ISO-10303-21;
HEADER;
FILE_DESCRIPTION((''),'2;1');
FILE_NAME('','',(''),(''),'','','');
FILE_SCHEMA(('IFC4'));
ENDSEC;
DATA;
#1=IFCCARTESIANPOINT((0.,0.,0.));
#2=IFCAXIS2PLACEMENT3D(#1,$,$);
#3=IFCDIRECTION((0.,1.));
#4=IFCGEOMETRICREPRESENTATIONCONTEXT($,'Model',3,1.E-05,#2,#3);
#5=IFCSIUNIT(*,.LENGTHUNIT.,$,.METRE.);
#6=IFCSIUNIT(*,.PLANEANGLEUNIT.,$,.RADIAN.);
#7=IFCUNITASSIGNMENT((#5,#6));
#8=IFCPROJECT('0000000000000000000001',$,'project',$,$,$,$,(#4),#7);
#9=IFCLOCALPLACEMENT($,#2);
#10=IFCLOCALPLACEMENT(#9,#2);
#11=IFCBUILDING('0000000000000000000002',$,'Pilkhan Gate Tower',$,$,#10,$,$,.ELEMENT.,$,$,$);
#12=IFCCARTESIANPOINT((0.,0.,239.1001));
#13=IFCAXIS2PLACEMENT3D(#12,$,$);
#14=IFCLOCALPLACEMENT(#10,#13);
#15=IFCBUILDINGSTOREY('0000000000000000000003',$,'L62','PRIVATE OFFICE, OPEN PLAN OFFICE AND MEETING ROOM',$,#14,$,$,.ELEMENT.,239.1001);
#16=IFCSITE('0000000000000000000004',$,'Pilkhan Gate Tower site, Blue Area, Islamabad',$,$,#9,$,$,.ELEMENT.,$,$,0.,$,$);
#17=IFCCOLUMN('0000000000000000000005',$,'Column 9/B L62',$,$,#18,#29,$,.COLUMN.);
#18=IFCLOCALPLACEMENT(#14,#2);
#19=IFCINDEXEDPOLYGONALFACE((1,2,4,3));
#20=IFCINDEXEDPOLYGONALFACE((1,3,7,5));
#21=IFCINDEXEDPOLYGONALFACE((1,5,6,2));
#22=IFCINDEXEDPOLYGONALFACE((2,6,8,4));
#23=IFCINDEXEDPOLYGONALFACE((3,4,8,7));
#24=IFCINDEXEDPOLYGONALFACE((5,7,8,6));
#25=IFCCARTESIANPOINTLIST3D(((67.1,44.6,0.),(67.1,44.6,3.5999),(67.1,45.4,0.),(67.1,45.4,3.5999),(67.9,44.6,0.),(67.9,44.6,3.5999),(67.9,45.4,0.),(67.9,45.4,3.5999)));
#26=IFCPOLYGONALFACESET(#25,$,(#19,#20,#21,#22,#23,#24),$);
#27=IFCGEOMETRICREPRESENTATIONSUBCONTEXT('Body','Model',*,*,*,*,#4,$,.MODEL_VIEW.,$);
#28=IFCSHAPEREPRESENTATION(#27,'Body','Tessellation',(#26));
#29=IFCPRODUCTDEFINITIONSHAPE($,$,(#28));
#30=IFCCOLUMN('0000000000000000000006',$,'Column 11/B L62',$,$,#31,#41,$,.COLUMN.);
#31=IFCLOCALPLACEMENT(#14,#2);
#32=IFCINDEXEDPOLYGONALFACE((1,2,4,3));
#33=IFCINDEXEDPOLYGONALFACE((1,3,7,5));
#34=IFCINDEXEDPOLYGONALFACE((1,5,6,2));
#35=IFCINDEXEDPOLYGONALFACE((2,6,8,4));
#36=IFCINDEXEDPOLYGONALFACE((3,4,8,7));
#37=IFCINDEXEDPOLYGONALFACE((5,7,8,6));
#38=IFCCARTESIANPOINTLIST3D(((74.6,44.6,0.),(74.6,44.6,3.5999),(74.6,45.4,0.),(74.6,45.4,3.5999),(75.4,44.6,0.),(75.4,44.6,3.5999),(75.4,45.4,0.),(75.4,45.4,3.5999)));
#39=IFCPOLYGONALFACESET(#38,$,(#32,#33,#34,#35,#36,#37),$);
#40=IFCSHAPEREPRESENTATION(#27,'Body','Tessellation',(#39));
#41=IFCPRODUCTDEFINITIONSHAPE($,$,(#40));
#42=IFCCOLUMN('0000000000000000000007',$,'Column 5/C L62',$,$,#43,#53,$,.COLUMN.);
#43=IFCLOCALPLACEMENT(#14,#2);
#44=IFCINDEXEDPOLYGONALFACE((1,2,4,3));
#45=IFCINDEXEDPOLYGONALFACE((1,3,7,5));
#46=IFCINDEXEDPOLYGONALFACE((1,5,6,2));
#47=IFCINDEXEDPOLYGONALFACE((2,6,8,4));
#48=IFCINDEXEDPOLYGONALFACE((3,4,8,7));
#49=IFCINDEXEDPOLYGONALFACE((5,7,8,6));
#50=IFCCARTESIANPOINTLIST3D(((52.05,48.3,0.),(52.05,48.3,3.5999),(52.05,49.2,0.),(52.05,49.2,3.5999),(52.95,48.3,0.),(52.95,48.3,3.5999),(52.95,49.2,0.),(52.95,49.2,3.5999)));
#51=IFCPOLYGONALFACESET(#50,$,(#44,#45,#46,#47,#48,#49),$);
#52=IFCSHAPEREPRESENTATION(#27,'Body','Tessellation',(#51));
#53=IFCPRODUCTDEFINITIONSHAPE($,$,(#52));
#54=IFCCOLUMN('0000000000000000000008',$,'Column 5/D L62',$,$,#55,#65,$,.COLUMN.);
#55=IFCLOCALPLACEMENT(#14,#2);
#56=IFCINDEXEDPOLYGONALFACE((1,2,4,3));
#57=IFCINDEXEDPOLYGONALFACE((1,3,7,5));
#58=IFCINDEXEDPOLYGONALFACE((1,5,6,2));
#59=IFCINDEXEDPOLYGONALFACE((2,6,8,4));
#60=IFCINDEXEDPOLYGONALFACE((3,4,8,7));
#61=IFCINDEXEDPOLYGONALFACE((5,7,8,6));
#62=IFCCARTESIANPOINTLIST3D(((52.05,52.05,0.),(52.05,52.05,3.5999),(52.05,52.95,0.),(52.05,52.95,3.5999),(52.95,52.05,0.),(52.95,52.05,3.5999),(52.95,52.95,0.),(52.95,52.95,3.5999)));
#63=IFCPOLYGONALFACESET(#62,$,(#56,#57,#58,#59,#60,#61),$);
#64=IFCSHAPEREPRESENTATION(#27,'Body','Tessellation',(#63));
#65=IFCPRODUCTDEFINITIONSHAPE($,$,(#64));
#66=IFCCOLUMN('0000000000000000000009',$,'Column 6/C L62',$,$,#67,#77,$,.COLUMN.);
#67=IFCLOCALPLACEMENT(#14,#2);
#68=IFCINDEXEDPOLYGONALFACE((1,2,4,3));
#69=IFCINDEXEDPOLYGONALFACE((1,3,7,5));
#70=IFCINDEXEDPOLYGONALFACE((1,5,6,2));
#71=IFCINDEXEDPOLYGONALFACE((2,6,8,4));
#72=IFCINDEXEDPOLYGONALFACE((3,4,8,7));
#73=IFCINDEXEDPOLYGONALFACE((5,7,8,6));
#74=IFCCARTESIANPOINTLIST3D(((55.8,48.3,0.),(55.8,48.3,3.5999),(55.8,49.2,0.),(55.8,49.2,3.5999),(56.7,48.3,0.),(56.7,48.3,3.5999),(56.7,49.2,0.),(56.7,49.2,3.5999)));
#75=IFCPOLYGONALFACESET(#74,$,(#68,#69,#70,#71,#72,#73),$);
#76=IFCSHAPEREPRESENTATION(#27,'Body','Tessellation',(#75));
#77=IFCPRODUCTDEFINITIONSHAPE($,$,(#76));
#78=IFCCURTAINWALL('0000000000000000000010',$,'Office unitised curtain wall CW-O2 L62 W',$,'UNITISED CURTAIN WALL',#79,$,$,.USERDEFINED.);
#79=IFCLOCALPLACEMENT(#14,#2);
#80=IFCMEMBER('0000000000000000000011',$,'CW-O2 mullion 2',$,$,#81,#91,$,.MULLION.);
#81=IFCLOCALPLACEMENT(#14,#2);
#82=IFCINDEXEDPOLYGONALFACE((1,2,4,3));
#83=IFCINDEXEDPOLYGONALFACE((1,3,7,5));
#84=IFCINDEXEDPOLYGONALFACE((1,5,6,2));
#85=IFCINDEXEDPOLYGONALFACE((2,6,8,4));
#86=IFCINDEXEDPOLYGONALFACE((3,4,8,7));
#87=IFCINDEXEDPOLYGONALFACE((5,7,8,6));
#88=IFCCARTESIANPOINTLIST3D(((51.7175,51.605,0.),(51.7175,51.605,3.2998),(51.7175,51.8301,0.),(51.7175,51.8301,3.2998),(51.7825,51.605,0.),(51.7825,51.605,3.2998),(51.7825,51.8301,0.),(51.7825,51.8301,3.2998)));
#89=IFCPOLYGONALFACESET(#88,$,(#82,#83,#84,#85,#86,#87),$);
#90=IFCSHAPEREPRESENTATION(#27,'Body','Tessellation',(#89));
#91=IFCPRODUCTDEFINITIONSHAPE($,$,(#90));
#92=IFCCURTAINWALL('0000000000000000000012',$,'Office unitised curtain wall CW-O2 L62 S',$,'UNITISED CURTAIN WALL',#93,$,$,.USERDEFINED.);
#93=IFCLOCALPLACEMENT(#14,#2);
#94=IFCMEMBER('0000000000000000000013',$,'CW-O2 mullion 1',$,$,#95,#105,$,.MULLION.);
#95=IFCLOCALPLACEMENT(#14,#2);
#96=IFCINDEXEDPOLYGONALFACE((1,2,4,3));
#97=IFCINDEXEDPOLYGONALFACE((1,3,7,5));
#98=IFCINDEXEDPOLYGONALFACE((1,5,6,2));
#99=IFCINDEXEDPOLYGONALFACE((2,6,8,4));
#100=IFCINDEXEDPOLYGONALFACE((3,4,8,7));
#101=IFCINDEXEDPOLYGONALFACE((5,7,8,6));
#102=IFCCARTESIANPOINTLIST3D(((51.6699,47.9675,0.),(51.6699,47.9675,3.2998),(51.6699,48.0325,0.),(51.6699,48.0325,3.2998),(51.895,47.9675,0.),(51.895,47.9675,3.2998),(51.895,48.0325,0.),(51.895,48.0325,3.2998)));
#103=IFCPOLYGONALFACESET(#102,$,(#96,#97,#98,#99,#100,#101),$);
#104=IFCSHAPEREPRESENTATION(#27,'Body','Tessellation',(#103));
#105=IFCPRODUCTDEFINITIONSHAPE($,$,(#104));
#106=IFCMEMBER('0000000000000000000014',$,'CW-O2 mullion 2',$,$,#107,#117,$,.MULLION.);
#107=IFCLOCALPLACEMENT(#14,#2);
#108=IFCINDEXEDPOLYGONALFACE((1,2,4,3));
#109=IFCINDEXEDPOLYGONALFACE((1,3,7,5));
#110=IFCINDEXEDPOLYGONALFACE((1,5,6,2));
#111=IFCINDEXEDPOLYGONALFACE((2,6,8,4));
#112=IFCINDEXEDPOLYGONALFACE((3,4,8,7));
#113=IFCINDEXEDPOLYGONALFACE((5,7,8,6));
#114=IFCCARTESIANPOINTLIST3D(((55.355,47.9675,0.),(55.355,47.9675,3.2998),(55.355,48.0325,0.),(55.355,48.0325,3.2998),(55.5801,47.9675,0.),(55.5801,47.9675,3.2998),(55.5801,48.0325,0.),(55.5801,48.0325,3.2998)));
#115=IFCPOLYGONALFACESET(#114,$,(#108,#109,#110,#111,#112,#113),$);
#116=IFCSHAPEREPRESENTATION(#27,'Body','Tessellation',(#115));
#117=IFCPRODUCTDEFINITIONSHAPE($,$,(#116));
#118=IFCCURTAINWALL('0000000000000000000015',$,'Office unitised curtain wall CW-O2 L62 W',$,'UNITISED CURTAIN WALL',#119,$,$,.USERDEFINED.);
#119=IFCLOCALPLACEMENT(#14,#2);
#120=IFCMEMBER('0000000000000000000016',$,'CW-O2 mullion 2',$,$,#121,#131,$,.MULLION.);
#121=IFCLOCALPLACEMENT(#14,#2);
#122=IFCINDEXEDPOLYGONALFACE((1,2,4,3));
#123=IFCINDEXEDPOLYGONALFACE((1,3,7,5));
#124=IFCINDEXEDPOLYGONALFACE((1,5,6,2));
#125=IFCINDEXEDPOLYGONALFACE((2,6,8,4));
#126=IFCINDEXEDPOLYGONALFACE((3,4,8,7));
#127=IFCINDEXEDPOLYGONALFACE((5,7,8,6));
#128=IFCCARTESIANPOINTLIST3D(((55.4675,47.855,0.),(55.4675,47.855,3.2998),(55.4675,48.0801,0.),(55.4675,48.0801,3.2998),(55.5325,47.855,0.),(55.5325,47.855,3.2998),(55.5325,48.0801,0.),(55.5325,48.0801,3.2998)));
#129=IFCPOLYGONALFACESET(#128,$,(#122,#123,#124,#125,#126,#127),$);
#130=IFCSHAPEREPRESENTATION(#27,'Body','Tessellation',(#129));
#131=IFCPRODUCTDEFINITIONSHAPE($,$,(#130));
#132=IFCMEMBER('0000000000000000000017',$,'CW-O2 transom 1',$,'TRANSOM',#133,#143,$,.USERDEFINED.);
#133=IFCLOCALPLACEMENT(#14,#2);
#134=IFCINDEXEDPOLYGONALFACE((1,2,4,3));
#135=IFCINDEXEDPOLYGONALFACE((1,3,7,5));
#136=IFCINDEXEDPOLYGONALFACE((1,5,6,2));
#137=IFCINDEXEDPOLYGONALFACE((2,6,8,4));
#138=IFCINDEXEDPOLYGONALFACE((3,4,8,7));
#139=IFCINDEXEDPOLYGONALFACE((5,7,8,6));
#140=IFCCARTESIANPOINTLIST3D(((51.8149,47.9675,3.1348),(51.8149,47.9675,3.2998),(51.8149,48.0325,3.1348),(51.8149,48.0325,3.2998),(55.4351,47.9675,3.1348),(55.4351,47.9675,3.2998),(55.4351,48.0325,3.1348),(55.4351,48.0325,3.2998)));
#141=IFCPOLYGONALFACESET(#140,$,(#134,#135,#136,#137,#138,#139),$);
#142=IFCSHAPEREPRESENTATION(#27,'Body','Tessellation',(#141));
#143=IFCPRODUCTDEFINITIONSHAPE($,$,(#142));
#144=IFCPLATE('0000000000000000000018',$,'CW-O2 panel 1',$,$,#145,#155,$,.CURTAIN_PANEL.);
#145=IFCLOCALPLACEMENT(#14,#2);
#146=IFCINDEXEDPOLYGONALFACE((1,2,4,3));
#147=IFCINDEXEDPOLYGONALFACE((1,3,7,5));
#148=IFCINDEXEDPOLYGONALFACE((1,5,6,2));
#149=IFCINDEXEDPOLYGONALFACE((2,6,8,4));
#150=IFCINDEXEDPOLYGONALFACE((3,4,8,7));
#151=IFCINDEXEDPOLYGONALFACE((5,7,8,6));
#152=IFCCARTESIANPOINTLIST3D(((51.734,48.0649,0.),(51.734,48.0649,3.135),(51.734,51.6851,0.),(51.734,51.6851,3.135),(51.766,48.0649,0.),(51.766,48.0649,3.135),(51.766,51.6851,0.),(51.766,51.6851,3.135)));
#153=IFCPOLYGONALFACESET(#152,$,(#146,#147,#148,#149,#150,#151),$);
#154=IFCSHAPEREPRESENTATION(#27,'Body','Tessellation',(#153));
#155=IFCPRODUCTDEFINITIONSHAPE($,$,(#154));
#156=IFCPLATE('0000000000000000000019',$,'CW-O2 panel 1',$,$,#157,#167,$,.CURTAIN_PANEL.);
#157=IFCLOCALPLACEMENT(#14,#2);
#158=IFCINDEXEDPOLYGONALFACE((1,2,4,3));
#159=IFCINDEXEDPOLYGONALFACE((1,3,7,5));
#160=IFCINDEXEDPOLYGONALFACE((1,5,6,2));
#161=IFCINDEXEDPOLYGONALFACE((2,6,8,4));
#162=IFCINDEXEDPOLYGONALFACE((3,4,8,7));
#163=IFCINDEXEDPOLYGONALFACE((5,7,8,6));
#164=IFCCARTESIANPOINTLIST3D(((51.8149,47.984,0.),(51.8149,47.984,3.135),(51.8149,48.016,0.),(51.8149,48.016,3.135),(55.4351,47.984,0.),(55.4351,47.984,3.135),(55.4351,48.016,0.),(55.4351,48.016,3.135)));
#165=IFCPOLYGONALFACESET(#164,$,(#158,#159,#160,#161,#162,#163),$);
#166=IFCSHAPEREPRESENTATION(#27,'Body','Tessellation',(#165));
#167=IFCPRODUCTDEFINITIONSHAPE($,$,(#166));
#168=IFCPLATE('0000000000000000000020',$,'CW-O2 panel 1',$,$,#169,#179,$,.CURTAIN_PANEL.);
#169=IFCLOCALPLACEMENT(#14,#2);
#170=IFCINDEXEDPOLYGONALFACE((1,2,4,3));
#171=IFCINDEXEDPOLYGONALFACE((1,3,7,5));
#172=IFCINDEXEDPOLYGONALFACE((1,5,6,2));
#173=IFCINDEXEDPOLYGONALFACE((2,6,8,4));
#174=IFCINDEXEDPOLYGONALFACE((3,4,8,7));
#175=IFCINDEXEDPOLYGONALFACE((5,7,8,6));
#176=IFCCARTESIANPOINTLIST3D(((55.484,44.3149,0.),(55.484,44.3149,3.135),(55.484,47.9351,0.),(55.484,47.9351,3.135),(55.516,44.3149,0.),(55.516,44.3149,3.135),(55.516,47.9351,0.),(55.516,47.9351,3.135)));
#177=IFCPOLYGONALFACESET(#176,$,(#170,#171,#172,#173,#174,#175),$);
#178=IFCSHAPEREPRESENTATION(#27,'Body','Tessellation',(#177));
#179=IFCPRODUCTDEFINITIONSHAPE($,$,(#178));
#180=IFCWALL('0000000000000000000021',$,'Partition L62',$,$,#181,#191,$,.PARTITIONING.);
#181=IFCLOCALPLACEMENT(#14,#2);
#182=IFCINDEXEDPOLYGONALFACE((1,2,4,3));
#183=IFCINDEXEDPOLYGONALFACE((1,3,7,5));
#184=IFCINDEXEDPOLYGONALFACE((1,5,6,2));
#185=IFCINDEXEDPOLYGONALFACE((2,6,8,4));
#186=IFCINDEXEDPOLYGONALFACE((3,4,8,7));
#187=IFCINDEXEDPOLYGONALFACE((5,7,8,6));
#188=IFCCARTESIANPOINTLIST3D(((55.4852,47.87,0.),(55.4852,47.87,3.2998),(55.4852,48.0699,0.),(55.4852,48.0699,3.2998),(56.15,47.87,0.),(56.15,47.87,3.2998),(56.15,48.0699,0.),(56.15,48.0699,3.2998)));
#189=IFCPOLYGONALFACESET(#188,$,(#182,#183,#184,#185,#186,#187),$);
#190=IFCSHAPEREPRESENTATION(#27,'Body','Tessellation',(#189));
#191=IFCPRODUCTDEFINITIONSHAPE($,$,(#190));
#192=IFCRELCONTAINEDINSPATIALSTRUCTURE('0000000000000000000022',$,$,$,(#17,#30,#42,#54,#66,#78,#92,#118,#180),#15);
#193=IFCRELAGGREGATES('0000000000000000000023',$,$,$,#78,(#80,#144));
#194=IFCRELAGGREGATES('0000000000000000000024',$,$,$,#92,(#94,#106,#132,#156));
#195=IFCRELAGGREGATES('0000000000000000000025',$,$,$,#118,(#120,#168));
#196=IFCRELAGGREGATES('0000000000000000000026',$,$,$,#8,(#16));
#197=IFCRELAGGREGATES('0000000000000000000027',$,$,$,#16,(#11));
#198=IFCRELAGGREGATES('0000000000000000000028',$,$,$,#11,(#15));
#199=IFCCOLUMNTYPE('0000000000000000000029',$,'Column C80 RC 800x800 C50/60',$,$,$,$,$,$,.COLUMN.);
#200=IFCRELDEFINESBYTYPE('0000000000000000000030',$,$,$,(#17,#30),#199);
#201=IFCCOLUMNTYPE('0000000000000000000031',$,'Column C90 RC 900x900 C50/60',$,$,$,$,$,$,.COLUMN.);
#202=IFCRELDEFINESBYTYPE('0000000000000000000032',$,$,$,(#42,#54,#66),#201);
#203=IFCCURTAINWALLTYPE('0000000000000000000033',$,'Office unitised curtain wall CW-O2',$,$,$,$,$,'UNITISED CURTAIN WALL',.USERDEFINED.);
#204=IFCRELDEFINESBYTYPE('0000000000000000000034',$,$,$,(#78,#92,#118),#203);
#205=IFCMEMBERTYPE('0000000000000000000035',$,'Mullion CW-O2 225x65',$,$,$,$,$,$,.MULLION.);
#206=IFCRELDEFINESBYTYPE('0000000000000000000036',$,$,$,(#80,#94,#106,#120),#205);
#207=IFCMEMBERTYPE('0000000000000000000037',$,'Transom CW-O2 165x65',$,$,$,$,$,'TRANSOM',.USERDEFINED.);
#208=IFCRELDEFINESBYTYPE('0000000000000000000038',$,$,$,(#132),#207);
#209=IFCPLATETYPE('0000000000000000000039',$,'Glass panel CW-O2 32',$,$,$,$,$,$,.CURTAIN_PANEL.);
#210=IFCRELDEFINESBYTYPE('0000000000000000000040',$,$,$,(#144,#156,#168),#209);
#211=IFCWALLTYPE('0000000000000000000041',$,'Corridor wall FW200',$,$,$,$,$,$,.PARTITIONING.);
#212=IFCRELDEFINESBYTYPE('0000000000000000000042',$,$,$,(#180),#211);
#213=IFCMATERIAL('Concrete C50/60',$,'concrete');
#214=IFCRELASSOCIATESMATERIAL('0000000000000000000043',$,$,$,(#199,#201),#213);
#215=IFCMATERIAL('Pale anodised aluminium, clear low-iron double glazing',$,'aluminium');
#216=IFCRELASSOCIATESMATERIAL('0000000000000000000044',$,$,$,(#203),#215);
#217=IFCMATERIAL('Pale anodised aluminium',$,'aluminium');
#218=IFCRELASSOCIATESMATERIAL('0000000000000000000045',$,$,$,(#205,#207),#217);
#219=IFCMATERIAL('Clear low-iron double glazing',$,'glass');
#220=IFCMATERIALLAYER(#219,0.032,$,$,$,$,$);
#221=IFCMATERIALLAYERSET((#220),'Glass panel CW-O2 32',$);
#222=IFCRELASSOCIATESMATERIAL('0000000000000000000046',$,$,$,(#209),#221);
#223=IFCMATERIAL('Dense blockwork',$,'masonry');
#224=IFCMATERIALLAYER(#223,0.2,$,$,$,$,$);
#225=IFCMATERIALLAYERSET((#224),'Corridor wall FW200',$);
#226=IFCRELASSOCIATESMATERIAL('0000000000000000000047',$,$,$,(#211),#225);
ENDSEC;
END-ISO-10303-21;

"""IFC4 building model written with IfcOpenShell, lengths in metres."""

from ifc_helpers import new_model, si_unit, direction, frame, frame_2d, origin, origin_2d, place, context, subcontext, project, spatial, rectangle, extrude, material, layer, layer_set, material_profile, profile_set, type_object, element, aggregate, save


model = new_model("IFC4")

# Units and contexts
model_context = context("Model", 3, precision=1e-05, world=origin(), true_north=direction((0.0, 1.0)))
body_context = subcontext(model_context, "Body", "Model", "MODEL_VIEW")
ifc_project = project(units=[si_unit("LENGTHUNIT", "METRE"), si_unit("PLANEANGLEUNIT", "RADIAN")], contexts=[model_context])

# Site, building, storey
site_placement = place(None, origin())
site = spatial("IfcSite", under=ifc_project, at=site_placement, Name="Pilkhan Gate Tower site, Blue Area, Islamabad", CompositionType="ELEMENT", RefElevation=0.0)
building_placement = place(site_placement, origin())
building = spatial("IfcBuilding", under=site, at=building_placement, Name="Pilkhan Gate Tower", CompositionType="ELEMENT")
storey_placement = place(building_placement, frame((0.0, 0.0, 239.1001)))
storey = spatial("IfcBuildingStorey", under=building, at=storey_placement, Name="L62", Description="PRIVATE OFFICE, OPEN PLAN OFFICE AND MEETING ROOM", CompositionType="ELEMENT", Elevation=239.1001)

# Columns
ifc_material_1 = material(Name="Concrete C50/60", Category="concrete")
ifc_material_profile_1 = material_profile(ifc_material_1, rectangle(XDim=0.8, YDim=0.8, at=origin_2d()), Name="RC 800x800")
ifc_profile_set_1 = profile_set([ifc_material_profile_1], Name="Concrete C50/60")
column_type_1 = type_object("IfcColumnType", Name="Column C80 RC 800x800 C50/60", PredefinedType="COLUMN", material=ifc_profile_set_1)
for number, where, z_axis, x_axis, name in (
    (1, (67.5, 45.0, 0.0), (0.0, 0.0, 1.0), (1.0, 0.0, 0.0), "Column 9/B L62"),
    (2, (75.0, 45.0, 0.0), (0.0, 0.0, 1.0), (1.0, 0.0, 0.0), "Column 11/B L62"),
):
    element("IfcColumn", number, at=place(storey_placement, frame(where, z_axis=z_axis, x_axis=x_axis)), inside=storey, type_object=column_type_1, Name=name, PredefinedType="COLUMN", context=body_context, shape_type="SweptSolid", body=[
        extrude(rectangle(XDim=0.8, YDim=0.8, at=origin_2d()), origin(), (0.0, 0.0, 1.0), 3.5999),
    ])
ifc_material_profile_2 = material_profile(ifc_material_1, rectangle(XDim=0.8999, YDim=0.8999, at=origin_2d()), Name="RC 900x900")
ifc_profile_set_2 = profile_set([ifc_material_profile_2], Name="Concrete C50/60")
column_type_2 = type_object("IfcColumnType", Name="Column C90 RC 900x900 C50/60", PredefinedType="COLUMN", material=ifc_profile_set_2)
for number, where, z_axis, x_axis, name in (
    (3, (52.5, 48.75, 0.0), (0.0, 0.0, 1.0), (1.0, 0.0, 0.0), "Column 5/C L62"),
    (4, (52.5, 52.5, 0.0), (0.0, 0.0, 1.0), (1.0, 0.0, 0.0), "Column 5/D L62"),
    (5, (56.25, 48.75, 0.0), (0.0, 0.0, 1.0), (1.0, 0.0, 0.0), "Column 6/C L62"),
):
    element("IfcColumn", number, at=place(storey_placement, frame(where, z_axis=z_axis, x_axis=x_axis)), inside=storey, type_object=column_type_2, Name=name, PredefinedType="COLUMN", context=body_context, shape_type="SweptSolid", body=[
        extrude(rectangle(XDim=0.8999, YDim=0.8999, at=origin_2d()), origin(), (0.0, 0.0, 1.0), 3.5999),
    ])

# Curtain wall, member
ifc_material_2 = material(Name="Pale anodised aluminium, clear low-iron double glazing", Category="aluminium")
curtain_wall_type = type_object("IfcCurtainWallType", Name="Office unitised curtain wall CW-O2", ElementType="UNITISED CURTAIN WALL", PredefinedType="USERDEFINED", material=ifc_material_2)
curtain_wall_1_placement = place(storey_placement, origin())
curtain_wall_1 = element("IfcCurtainWall", 6, at=curtain_wall_1_placement, inside=storey, type_object=curtain_wall_type, Name="Office unitised curtain wall CW-O2 L62 W", ObjectType="UNITISED CURTAIN WALL", PredefinedType="USERDEFINED")
ifc_material_3 = material(Name="Pale anodised aluminium", Category="aluminium")
ifc_material_profile_3 = material_profile(ifc_material_3, rectangle(XDim=0.0649, YDim=0.2251, at=origin_2d()), Name="Mullion 225x65")
ifc_profile_set_3 = profile_set([ifc_material_profile_3], Name="Pale anodised aluminium")
member_type_1 = type_object("IfcMemberType", Name="Mullion CW-O2 225x65", PredefinedType="MULLION", material=ifc_profile_set_3)
member_1_placement = place(storey_placement, frame((51.75, 51.7175, 0.0), z_axis=(0.0, 0.0, 1.0), x_axis=(-1.0, 0.0, 0.0)))
member_1 = element("IfcMember", 7, at=member_1_placement, type_object=member_type_1, Name="CW-O2 mullion 2", PredefinedType="MULLION", context=body_context, shape_type="SweptSolid", body=[
    extrude(rectangle(XDim=0.0649, YDim=0.2251, at=origin_2d()), origin(), (0.0, 0.0, 1.0), 3.2998),
])

# Curtain wall, members
curtain_wall_2_placement = place(storey_placement, origin())
curtain_wall_2 = element("IfcCurtainWall", 8, at=curtain_wall_2_placement, inside=storey, type_object=curtain_wall_type, Name="Office unitised curtain wall CW-O2 L62 S", ObjectType="UNITISED CURTAIN WALL", PredefinedType="USERDEFINED")
member_2_placement = place(storey_placement, frame((51.7825, 48.0, 0.0), z_axis=(0.0, 0.0, 1.0), x_axis=(0.0, 1.0, 0.0)))
member_2 = element("IfcMember", 9, at=member_2_placement, type_object=member_type_1, Name="CW-O2 mullion 1", PredefinedType="MULLION", context=body_context, shape_type="SweptSolid", body=[
    extrude(rectangle(XDim=0.0649, YDim=0.2251, at=origin_2d()), origin(), (0.0, 0.0, 1.0), 3.2998),
])
member_3_placement = place(storey_placement, frame((55.4675, 48.0, 0.0), z_axis=(0.0, 0.0, 1.0), x_axis=(0.0, 1.0, 0.0)))
member_3 = element("IfcMember", 10, at=member_3_placement, type_object=member_type_1, Name="CW-O2 mullion 2", PredefinedType="MULLION", context=body_context, shape_type="SweptSolid", body=[
    extrude(rectangle(XDim=0.0649, YDim=0.2251, at=origin_2d()), origin(), (0.0, 0.0, 1.0), 3.2998),
])

# Curtain wall, member
curtain_wall_3_placement = place(storey_placement, origin())
curtain_wall_3 = element("IfcCurtainWall", 11, at=curtain_wall_3_placement, inside=storey, type_object=curtain_wall_type, Name="Office unitised curtain wall CW-O2 L62 W", ObjectType="UNITISED CURTAIN WALL", PredefinedType="USERDEFINED")
member_4_placement = place(storey_placement, frame((55.5, 47.9675, 0.0), z_axis=(0.0, 0.0, 1.0), x_axis=(-1.0, 0.0, 0.0)))
member_4 = element("IfcMember", 12, at=member_4_placement, type_object=member_type_1, Name="CW-O2 mullion 2", PredefinedType="MULLION", context=body_context, shape_type="SweptSolid", body=[
    extrude(rectangle(XDim=0.0649, YDim=0.2251, at=origin_2d()), origin(), (0.0, 0.0, 1.0), 3.2998),
])

# Member
ifc_material_profile_4 = material_profile(ifc_material_3, rectangle(XDim=0.0649, YDim=0.165, at=origin_2d()), Name="Transom 165x65")
ifc_profile_set_4 = profile_set([ifc_material_profile_4], Name="Pale anodised aluminium")
member_type_2 = type_object("IfcMemberType", Name="Transom CW-O2 165x65", ElementType="TRANSOM", PredefinedType="USERDEFINED", material=ifc_profile_set_4)
member_5_placement = place(storey_placement, frame((51.8149, 48.0, 3.2173), z_axis=(1.0, 0.0, 0.0), x_axis=(0.0, 1.0, 0.0)))
member_5 = element("IfcMember", 13, at=member_5_placement, type_object=member_type_2, Name="CW-O2 transom 1", ObjectType="TRANSOM", PredefinedType="USERDEFINED", context=body_context, shape_type="SweptSolid", body=[
    extrude(rectangle(XDim=0.0649, YDim=0.165, at=origin_2d()), origin(), (0.0, 0.0, 1.0), 3.6201),
])

# Plates
ifc_material_4 = material(Name="Clear low-iron double glazing", Category="glass")
ifc_layer_1 = layer(ifc_material_4, 0.032)
ifc_layer_set_1 = layer_set([ifc_layer_1], Name="Glass panel CW-O2 32")
plate_type = type_object("IfcPlateType", Name="Glass panel CW-O2 32", PredefinedType="CURTAIN_PANEL", material=ifc_layer_set_1)
plate_1_placement = place(storey_placement, frame((51.75, 49.875, 0.0), z_axis=(0.0, 0.0, 1.0), x_axis=(0.0, 1.0, 0.0)))
plate_1 = element("IfcPlate", 14, at=plate_1_placement, type_object=plate_type, Name="CW-O2 panel 1", PredefinedType="CURTAIN_PANEL", context=body_context, shape_type="SweptSolid", body=[
    extrude(rectangle(XDim=3.6201, YDim=0.032, at=origin_2d()), origin(), (0.0, 0.0, 1.0), 3.135),
])
aggregate(curtain_wall_1, [member_1, plate_1])
plate_2_placement = place(storey_placement, frame((53.625, 48.0, 0.0), z_axis=(0.0, 0.0, 1.0), x_axis=(1.0, 0.0, 0.0)))
plate_2 = element("IfcPlate", 15, at=plate_2_placement, type_object=plate_type, Name="CW-O2 panel 1", PredefinedType="CURTAIN_PANEL", context=body_context, shape_type="SweptSolid", body=[
    extrude(rectangle(XDim=3.6201, YDim=0.032, at=origin_2d()), origin(), (0.0, 0.0, 1.0), 3.135),
])
aggregate(curtain_wall_2, [member_2, member_3, member_5, plate_2])
plate_3_placement = place(storey_placement, frame((55.5, 46.125, 0.0), z_axis=(0.0, 0.0, 1.0), x_axis=(0.0, 1.0, 0.0)))
plate_3 = element("IfcPlate", 16, at=plate_3_placement, type_object=plate_type, Name="CW-O2 panel 1", PredefinedType="CURTAIN_PANEL", context=body_context, shape_type="SweptSolid", body=[
    extrude(rectangle(XDim=3.6201, YDim=0.032, at=origin_2d()), origin(), (0.0, 0.0, 1.0), 3.135),
])
aggregate(curtain_wall_3, [member_4, plate_3])

# Wall
ifc_material_5 = material(Name="Dense blockwork", Category="masonry")
ifc_layer_2 = layer(ifc_material_5, 0.2)
ifc_layer_set_2 = layer_set([ifc_layer_2], Name="Corridor wall FW200")
wall_type = type_object("IfcWallType", Name="Corridor wall FW200", PredefinedType="PARTITIONING", material=ifc_layer_set_2)
wall_1_placement = place(storey_placement, frame((55.4851, 47.97, 0.0), z_axis=(0.0, 0.0, 1.0), x_axis=(1.0, 0.0, 0.0)))
element("IfcWall", 17, at=wall_1_placement, inside=storey, type_object=wall_type, Name="Partition L62", PredefinedType="PARTITIONING", context=body_context, shape_type="SweptSolid", body=[
    extrude(rectangle(XDim=0.6648, YDim=0.2, at=frame_2d((0.3325, 0.0))), origin(), (0.0, 0.0, 1.0), 3.2998),
])

save(model, "model.ifc")
